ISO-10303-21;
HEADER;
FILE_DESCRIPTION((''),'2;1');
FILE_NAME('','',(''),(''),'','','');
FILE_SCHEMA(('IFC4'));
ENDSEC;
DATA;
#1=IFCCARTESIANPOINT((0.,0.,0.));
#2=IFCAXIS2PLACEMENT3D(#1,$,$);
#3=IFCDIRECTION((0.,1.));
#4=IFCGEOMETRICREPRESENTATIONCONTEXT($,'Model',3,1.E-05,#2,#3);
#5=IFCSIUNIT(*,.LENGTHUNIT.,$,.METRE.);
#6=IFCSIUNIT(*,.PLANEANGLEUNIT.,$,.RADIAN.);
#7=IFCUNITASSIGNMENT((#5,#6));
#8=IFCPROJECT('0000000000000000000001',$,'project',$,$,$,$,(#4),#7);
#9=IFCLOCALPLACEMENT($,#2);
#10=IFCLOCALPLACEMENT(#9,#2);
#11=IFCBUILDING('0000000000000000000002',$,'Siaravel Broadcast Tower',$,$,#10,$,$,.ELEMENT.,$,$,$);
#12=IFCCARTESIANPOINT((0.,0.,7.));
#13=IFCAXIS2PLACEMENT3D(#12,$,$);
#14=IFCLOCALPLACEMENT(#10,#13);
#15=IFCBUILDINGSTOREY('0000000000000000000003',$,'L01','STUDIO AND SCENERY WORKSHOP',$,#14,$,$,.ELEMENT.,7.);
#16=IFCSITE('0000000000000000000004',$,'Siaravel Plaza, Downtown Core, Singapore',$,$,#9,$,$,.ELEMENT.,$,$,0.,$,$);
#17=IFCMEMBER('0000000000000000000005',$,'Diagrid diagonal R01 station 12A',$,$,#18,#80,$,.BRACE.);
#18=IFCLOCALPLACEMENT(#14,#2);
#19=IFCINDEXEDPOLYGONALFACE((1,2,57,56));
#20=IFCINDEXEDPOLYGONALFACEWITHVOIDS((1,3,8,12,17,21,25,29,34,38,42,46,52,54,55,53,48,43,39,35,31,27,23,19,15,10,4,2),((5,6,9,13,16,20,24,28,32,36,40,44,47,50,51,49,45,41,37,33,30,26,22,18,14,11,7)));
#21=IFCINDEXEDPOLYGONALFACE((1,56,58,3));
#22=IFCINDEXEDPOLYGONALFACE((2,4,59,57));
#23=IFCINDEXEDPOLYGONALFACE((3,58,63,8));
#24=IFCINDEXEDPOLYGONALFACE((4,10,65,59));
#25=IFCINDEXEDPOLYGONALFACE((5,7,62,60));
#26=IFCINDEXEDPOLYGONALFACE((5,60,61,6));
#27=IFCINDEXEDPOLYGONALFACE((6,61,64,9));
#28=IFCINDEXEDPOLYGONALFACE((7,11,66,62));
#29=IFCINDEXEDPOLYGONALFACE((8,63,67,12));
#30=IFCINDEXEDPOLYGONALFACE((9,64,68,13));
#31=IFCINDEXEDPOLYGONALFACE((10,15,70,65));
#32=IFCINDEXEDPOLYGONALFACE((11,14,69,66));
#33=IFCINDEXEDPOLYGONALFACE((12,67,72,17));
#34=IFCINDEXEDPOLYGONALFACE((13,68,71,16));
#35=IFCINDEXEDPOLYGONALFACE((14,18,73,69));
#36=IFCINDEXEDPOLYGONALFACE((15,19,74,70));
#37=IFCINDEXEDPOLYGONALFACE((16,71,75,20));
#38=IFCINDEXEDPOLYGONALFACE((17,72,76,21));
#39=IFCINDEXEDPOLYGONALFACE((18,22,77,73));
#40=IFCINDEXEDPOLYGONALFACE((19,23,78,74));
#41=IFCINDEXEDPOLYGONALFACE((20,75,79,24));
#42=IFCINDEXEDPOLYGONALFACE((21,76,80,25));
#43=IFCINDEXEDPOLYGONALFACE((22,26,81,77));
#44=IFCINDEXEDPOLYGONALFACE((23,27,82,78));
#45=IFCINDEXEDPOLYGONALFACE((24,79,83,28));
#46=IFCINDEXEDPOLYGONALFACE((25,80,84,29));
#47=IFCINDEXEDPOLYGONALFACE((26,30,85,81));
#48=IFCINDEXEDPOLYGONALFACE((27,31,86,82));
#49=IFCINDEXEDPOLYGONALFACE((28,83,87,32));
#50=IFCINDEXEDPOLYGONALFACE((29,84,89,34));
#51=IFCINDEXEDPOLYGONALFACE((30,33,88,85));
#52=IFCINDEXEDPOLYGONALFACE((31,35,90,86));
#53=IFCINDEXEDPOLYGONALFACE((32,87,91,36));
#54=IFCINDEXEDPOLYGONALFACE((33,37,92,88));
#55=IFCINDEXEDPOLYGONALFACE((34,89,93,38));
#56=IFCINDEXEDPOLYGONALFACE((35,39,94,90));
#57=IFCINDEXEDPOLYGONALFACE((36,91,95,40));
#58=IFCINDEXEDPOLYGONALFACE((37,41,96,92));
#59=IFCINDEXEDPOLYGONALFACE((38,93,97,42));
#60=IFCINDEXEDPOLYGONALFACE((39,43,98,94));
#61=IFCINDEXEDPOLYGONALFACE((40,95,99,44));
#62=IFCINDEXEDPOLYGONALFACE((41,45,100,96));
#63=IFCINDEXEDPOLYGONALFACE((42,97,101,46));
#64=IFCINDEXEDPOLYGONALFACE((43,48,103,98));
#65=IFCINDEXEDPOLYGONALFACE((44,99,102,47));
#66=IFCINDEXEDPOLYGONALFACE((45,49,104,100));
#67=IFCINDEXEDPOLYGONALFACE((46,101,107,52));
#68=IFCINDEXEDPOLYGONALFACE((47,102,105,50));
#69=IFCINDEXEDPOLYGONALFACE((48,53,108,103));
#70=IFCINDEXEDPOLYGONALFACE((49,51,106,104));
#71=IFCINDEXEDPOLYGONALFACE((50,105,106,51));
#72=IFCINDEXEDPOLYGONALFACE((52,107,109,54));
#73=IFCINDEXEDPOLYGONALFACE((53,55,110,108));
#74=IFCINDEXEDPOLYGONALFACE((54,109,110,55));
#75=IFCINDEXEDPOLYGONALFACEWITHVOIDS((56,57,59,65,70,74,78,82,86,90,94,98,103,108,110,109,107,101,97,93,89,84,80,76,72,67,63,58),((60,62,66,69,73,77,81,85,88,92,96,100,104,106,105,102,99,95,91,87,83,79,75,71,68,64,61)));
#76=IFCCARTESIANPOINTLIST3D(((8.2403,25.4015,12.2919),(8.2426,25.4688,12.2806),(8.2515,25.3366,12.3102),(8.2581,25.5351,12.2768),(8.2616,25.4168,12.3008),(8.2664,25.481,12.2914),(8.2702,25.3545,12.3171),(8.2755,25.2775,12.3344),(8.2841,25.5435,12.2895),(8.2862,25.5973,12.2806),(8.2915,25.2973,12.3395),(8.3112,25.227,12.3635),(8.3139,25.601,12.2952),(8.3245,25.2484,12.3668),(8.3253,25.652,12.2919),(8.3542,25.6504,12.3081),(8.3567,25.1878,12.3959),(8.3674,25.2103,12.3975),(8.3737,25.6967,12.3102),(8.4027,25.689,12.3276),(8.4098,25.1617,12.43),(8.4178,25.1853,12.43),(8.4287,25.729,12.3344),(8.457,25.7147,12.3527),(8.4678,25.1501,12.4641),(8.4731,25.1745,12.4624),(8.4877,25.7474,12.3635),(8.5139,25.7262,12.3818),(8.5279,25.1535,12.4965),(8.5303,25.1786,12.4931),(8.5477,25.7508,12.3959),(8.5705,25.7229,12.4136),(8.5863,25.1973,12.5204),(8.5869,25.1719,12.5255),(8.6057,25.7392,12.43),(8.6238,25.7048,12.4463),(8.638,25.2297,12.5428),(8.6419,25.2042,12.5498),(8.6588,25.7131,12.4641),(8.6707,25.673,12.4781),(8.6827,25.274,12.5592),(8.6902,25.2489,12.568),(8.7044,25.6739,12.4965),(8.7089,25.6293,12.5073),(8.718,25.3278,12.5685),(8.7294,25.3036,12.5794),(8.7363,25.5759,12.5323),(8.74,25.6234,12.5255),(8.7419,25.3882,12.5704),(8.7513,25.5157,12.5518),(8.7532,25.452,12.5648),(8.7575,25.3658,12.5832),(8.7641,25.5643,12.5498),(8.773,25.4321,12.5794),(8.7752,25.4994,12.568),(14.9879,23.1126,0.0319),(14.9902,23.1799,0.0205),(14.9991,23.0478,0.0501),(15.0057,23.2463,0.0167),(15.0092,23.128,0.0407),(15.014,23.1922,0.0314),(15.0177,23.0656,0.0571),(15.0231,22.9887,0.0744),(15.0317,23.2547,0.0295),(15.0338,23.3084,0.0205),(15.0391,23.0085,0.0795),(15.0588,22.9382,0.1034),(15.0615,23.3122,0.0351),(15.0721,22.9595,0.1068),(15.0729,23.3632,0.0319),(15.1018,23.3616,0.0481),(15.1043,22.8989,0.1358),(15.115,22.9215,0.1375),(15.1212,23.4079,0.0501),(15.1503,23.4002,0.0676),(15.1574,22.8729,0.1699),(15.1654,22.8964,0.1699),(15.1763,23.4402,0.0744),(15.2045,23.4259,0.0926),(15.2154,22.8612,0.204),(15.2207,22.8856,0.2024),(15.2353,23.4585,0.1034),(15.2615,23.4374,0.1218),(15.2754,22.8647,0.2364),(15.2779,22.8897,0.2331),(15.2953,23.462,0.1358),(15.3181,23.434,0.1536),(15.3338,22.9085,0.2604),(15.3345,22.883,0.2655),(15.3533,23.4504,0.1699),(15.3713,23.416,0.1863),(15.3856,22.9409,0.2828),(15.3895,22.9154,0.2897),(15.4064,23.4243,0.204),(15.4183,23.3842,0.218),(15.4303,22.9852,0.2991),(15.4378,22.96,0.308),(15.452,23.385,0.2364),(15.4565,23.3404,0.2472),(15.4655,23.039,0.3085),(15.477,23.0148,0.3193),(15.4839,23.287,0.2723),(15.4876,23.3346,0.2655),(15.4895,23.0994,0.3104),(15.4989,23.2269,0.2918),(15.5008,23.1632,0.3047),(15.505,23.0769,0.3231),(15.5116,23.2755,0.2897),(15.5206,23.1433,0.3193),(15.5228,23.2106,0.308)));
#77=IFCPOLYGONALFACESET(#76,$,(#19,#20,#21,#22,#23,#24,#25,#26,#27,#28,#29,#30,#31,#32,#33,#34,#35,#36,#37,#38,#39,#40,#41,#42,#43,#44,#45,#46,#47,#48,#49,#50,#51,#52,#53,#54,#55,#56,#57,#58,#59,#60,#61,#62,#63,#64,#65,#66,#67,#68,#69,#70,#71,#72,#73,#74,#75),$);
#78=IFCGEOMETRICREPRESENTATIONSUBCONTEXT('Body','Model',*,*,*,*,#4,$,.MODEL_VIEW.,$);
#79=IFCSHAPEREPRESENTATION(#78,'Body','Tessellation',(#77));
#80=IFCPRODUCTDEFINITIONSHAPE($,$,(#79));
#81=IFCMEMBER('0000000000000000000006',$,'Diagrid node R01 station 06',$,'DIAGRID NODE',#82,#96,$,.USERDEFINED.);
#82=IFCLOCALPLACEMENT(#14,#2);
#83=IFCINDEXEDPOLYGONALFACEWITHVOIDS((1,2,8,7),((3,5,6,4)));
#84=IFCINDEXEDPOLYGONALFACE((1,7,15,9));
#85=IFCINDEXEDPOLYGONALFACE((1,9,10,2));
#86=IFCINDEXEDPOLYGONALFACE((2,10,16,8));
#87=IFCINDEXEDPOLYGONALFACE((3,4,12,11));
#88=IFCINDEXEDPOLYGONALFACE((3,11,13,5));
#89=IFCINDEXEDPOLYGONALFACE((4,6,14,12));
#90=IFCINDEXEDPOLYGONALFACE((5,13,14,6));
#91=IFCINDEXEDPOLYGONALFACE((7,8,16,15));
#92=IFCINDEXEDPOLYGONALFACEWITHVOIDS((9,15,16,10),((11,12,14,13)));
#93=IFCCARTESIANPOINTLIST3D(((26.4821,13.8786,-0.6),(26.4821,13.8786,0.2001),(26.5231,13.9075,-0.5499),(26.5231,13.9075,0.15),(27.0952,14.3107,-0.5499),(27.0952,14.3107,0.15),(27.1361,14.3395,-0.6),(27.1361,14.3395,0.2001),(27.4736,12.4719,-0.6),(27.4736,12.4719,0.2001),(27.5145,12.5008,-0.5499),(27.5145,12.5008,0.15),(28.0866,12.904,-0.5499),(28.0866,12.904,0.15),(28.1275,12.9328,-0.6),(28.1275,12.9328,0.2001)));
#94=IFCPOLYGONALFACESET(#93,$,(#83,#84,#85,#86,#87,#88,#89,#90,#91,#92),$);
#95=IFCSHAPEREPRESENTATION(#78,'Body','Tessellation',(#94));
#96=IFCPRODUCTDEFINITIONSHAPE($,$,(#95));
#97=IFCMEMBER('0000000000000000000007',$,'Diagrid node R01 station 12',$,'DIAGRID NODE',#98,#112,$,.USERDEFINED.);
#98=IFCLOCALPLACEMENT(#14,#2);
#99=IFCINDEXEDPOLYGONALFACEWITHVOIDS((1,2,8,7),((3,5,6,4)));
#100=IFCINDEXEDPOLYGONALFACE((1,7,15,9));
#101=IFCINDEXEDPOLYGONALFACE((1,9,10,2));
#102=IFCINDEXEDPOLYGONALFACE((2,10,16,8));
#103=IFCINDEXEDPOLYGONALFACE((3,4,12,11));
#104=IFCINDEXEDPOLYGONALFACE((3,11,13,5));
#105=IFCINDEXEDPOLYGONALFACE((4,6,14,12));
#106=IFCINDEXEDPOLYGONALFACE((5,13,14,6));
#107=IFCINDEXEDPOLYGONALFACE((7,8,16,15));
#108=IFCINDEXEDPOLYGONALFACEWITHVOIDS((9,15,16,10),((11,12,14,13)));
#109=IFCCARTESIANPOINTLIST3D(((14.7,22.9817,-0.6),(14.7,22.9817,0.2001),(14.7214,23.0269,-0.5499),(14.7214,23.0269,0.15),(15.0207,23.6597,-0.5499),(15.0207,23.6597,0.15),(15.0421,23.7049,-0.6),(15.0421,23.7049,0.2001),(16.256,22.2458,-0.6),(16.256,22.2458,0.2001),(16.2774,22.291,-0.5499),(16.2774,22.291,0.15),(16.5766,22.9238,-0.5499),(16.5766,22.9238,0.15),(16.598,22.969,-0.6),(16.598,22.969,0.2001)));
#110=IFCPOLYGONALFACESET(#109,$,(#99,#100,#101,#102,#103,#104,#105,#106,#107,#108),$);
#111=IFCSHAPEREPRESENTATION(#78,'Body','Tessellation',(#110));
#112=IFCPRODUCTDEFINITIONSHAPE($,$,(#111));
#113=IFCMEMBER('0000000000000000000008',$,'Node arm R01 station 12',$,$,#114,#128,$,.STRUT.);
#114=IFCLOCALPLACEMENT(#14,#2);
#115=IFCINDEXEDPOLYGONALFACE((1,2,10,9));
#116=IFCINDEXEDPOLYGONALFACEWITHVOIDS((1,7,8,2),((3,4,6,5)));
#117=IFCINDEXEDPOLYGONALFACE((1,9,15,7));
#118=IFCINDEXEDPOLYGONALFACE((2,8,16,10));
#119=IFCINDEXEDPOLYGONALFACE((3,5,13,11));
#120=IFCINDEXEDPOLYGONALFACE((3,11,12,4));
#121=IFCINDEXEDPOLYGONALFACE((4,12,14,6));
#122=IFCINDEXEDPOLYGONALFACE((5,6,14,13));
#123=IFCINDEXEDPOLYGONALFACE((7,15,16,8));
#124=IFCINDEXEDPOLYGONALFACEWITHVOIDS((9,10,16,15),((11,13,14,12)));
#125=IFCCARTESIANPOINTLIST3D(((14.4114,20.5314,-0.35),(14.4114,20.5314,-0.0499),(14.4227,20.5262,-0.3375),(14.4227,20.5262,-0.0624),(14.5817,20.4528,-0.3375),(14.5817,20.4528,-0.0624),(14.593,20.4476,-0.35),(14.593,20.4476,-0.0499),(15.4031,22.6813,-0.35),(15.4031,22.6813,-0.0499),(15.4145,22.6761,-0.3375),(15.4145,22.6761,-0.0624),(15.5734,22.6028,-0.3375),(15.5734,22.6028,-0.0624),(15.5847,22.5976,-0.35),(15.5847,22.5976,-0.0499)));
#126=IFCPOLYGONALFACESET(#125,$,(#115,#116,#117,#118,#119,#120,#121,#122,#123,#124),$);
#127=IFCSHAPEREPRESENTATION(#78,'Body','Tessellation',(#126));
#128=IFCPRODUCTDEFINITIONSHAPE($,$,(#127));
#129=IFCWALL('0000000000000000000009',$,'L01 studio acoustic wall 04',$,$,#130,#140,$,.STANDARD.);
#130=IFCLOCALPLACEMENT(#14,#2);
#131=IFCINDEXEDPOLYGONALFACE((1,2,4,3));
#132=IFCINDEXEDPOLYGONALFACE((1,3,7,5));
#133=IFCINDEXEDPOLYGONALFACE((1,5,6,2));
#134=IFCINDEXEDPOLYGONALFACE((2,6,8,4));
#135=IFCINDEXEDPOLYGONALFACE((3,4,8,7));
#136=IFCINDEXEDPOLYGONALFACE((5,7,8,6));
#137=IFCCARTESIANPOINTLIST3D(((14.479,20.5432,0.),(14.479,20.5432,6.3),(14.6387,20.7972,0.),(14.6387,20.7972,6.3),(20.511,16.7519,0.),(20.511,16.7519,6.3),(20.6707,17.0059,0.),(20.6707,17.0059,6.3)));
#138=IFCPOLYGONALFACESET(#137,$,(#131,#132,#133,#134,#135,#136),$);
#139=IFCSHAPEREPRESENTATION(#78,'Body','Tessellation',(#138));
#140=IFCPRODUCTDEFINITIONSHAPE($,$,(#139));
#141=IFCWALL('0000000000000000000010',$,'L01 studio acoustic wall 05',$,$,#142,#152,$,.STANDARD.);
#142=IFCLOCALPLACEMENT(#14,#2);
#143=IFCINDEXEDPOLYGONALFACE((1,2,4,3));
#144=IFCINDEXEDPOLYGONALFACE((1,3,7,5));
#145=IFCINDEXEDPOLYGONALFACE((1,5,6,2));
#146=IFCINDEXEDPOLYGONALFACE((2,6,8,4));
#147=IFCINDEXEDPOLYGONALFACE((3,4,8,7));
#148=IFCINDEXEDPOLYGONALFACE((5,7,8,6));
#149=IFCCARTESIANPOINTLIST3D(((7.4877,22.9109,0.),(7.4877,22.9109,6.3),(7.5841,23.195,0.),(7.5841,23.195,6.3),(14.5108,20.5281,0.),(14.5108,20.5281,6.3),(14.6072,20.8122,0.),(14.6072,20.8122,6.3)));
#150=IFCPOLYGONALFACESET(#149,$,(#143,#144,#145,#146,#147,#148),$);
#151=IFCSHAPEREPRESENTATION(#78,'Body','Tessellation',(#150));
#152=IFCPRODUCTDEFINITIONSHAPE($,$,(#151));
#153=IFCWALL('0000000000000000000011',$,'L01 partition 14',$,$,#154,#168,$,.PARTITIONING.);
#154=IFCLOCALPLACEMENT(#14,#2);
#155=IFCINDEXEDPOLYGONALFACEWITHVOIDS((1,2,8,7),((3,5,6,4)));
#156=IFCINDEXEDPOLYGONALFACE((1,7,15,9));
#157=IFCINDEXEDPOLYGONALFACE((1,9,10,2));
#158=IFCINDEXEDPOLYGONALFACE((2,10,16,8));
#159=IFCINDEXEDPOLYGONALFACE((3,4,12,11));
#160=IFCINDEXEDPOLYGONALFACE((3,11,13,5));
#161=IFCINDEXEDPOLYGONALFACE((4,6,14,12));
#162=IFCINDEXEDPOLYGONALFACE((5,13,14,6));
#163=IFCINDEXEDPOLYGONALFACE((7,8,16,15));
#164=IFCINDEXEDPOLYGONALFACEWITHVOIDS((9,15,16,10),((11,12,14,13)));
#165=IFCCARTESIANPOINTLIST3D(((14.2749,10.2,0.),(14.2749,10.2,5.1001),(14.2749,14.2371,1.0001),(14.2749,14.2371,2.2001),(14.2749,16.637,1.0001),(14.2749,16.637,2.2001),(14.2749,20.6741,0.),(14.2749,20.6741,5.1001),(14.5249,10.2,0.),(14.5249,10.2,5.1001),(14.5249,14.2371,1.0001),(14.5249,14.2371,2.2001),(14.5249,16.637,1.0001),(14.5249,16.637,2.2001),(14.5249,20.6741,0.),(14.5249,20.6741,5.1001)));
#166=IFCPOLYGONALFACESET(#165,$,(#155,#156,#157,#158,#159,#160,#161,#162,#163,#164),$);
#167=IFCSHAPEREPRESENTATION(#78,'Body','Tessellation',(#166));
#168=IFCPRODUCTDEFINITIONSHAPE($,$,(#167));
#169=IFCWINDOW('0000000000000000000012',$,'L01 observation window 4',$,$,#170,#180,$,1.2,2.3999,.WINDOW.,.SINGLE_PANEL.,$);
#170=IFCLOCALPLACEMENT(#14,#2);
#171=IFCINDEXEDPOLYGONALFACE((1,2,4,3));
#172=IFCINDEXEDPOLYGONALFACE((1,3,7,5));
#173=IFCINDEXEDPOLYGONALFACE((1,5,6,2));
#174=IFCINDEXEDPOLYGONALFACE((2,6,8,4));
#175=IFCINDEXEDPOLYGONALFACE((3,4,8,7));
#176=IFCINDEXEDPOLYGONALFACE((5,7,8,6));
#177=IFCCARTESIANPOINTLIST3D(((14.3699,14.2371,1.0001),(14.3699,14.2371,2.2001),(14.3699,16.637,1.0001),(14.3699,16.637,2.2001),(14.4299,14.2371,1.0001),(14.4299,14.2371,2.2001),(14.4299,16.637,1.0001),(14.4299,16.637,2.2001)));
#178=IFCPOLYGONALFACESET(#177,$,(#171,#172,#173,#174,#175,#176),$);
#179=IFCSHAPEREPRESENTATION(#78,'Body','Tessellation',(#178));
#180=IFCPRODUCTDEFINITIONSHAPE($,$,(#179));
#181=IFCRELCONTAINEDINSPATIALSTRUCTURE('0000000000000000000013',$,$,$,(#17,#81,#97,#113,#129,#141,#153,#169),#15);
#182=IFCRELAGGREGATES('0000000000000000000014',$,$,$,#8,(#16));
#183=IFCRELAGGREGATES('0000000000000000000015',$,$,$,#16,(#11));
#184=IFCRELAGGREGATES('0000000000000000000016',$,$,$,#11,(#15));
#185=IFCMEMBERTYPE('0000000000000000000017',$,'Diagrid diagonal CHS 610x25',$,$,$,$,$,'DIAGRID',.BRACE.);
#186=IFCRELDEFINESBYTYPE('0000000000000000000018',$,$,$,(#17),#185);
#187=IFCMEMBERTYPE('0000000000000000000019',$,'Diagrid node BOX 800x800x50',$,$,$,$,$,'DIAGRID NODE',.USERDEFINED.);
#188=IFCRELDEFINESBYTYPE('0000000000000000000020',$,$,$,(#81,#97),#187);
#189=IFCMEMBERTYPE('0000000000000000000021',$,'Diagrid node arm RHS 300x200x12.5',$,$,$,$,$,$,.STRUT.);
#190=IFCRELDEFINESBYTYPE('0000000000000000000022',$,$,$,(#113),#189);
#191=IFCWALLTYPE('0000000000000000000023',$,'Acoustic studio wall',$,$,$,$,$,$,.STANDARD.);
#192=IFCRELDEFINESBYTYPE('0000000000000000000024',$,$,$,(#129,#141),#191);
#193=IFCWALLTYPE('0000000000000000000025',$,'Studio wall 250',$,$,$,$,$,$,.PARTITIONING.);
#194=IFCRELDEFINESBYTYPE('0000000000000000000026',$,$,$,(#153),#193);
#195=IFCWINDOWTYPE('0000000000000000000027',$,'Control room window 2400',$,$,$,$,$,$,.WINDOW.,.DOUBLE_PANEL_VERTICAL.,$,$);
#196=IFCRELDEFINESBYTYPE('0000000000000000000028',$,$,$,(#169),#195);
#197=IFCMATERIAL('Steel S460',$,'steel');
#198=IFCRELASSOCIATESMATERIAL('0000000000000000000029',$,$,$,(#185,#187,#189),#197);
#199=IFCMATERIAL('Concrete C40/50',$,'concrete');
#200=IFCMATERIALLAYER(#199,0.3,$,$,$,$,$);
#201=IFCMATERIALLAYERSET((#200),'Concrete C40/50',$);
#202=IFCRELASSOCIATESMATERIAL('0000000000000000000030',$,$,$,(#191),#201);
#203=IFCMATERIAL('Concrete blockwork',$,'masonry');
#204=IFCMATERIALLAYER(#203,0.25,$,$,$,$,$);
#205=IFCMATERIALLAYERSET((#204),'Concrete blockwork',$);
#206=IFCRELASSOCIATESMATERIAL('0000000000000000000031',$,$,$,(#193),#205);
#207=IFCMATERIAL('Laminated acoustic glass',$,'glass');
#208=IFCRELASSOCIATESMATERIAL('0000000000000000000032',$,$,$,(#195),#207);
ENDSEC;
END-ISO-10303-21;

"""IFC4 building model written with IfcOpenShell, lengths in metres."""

from ifc_helpers import new_model, si_unit, direction, frame, frame_2d, origin, origin_2d, place, context, subcontext, project, spatial, rectangle, hollow_rectangle, hollow_circle, extrude, material, layer, layer_set, material_profile, profile_set, type_object, element, fill, save


model = new_model("IFC4")

# Units and contexts
model_context = context("Model", 3, precision=1e-05, world=origin(), true_north=direction((0.0, 1.0)))
body_context = subcontext(model_context, "Body", "Model", "MODEL_VIEW")
ifc_project = project(units=[si_unit("LENGTHUNIT", "METRE"), si_unit("PLANEANGLEUNIT", "RADIAN")], contexts=[model_context])

# Site, building, storey
site_placement = place(None, origin())
site = spatial("IfcSite", under=ifc_project, at=site_placement, Name="Siaravel Plaza, Downtown Core, Singapore", CompositionType="ELEMENT", RefElevation=0.0)
building_placement = place(site_placement, origin())
building = spatial("IfcBuilding", under=site, at=building_placement, Name="Siaravel Broadcast Tower", CompositionType="ELEMENT")
storey_placement = place(building_placement, frame((0.0, 0.0, 7.0)))
storey = spatial("IfcBuildingStorey", under=building, at=storey_placement, Name="L01", Description="STUDIO AND SCENERY WORKSHOP", CompositionType="ELEMENT", Elevation=7.0)

# Members
ifc_material_1 = material(Name="Steel S460", Category="steel")
ifc_material_profile_1 = material_profile(ifc_material_1, hollow_circle(Radius=0.3049, WallThickness=0.0249, at=origin_2d()))
ifc_profile_set_1 = profile_set([ifc_material_profile_1], Name="Steel S460")
member_type_1 = type_object("IfcMemberType", Name="Diagrid diagonal CHS 610x25", ElementType="DIAGRID", PredefinedType="BRACE", material=ifc_profile_set_1)
member_1_placement = place(storey_placement, frame((15.2554, 23.1616, 0.1699), z_axis=(-0.475846, 0.16141, 0.864591), x_axis=(-0.321229, -0.947001, 0.0)))
element("IfcMember", 1, at=member_1_placement, inside=storey, type_object=member_type_1, Name="Diagrid diagonal R01 station 12A", PredefinedType="BRACE", context=body_context, shape_type="SweptSolid", body=[
    extrude(hollow_circle(Radius=0.3049, WallThickness=0.0249, at=origin_2d()), origin(), (0.0, 0.0, 1.0), 14.1802),
])
ifc_material_profile_2 = material_profile(ifc_material_1, hollow_rectangle(XDim=0.8, YDim=0.8, WallThickness=0.05, at=origin_2d()))
ifc_profile_set_2 = profile_set([ifc_material_profile_2], Name="Steel S460")
member_type_2 = type_object("IfcMemberType", Name="Diagrid node BOX 800x800x50", ElementType="DIAGRID NODE", PredefinedType="USERDEFINED", material=ifc_profile_set_2)
member_2_placement = place(storey_placement, frame((27.8005, 12.7024, -0.2), z_axis=(-0.576087, 0.817388, 0.0), x_axis=(-0.817388, -0.576087, 0.0)))
element("IfcMember", 2, at=member_2_placement, inside=storey, type_object=member_type_2, Name="Diagrid node R01 station 06", ObjectType="DIAGRID NODE", PredefinedType="USERDEFINED", context=body_context, shape_type="SweptSolid", body=[
    extrude(hollow_rectangle(XDim=0.8, YDim=0.8, WallThickness=0.05, at=origin_2d()), origin(), (0.0, 0.0, 1.0), 1.7209),
])
member_3_placement = place(storey_placement, frame((16.427, 22.6074, -0.2), z_axis=(-0.904001, 0.427531, 0.0), x_axis=(-0.427531, -0.904001, 0.0)))
element("IfcMember", 3, at=member_3_placement, inside=storey, type_object=member_type_2, Name="Diagrid node R01 station 12", ObjectType="DIAGRID NODE", PredefinedType="USERDEFINED", context=body_context, shape_type="SweptSolid", body=[
    extrude(hollow_rectangle(XDim=0.8, YDim=0.8, WallThickness=0.05, at=origin_2d()), origin(), (0.0, 0.0, 1.0), 1.7212),
])
ifc_material_profile_3 = material_profile(ifc_material_1, hollow_rectangle(XDim=0.2, YDim=0.3, WallThickness=0.0125, at=origin_2d()))
ifc_profile_set_3 = profile_set([ifc_material_profile_3], Name="Steel S460")
member_type_3 = type_object("IfcMemberType", Name="Diagrid node arm RHS 300x200x12.5", PredefinedType="STRUT", material=ifc_profile_set_3)
member_4_placement = place(storey_placement, frame((14.5022, 20.4895, -0.2), z_axis=(0.418862, 0.90805, 0.0), x_axis=(-0.90805, 0.418862, 0.0)))
element("IfcMember", 4, at=member_4_placement, inside=storey, type_object=member_type_3, Name="Node arm R01 station 12", PredefinedType="STRUT", context=body_context, shape_type="SweptSolid", body=[
    extrude(hollow_rectangle(XDim=0.2, YDim=0.3, WallThickness=0.0125, at=origin_2d()), origin(), (0.0, 0.0, 1.0), 2.3677),
])

# Walls
ifc_material_2 = material(Name="Concrete C40/50", Category="concrete")
ifc_layer_1 = layer(ifc_material_2, 0.3)
ifc_layer_set_1 = layer_set([ifc_layer_1], Name="Concrete C40/50")
wall_type_1 = type_object("IfcWallType", Name="Acoustic studio wall", PredefinedType="STANDARD", material=ifc_layer_set_1)
wall_1_placement = place(storey_placement, frame((20.5908, 16.8789, 0.0), z_axis=(0.0, 0.0, 1.0), x_axis=(-0.846654, 0.532144, 0.0)))
element("IfcWall", 5, at=wall_1_placement, inside=storey, type_object=wall_type_1, Name="L01 studio acoustic wall 04", PredefinedType="STANDARD", context=body_context, shape_type="SweptSolid", body=[
    extrude(rectangle(XDim=7.1245, YDim=0.3, at=frame_2d((3.5623, 0.0))), origin(), (0.0, 0.0, 1.0), 6.3),
])
wall_2_placement = place(storey_placement, frame((14.5588, 20.6702, 0.0), z_axis=(0.0, 0.0, 1.0), x_axis=(-0.946978, 0.3213, 0.0)))
element("IfcWall", 6, at=wall_2_placement, inside=storey, type_object=wall_type_1, Name="L01 studio acoustic wall 05", PredefinedType="STANDARD", context=body_context, shape_type="SweptSolid", body=[
    extrude(rectangle(XDim=7.4163, YDim=0.3, at=frame_2d((3.708, 0.0))), origin(), (0.0, 0.0, 1.0), 6.3),
])

# Wall, opening, window
ifc_material_3 = material(Name="Concrete blockwork", Category="masonry")
ifc_layer_2 = layer(ifc_material_3, 0.25)
ifc_layer_set_2 = layer_set([ifc_layer_2], Name="Concrete blockwork")
wall_type_2 = type_object("IfcWallType", Name="Studio wall 250", PredefinedType="PARTITIONING", material=ifc_layer_set_2)
wall_3_placement = place(storey_placement, frame((14.3999, 20.6741, 0.0), z_axis=(0.0, 0.0, 1.0), x_axis=(0.0, -1.0, 0.0)))
wall_3 = element("IfcWall", 7, at=wall_3_placement, inside=storey, type_object=wall_type_2, Name="L01 partition 14", PredefinedType="PARTITIONING", context=body_context, shape_type="SweptSolid", body=[
    extrude(rectangle(XDim=10.4741, YDim=0.25, at=frame_2d((5.2371, 0.0))), origin(), (0.0, 0.0, 1.0), 5.1001),
])
opening_placement = place(wall_3_placement, frame((4.0371, 0.0, 1.0)))
opening = element("IfcOpeningElement", 8, at=opening_placement, cuts=wall_3, PredefinedType="OPENING", context=body_context, shape_type="SweptSolid", body=[
    extrude(rectangle(XDim=2.3999, YDim=1.2, at=frame_2d((1.2, 0.6001))), frame((0.0, 0.135, 0.0), z_axis=(0.0, -1.0, 0.0), x_axis=(1.0, 0.0, 0.0)), (0.0, 0.0, 1.0), 0.27),
])
ifc_material_4 = material(Name="Laminated acoustic glass", Category="glass")
window_type = type_object("IfcWindowType", Name="Control room window 2400", PartitioningType="DOUBLE_PANEL_VERTICAL", PredefinedType="WINDOW", material=ifc_material_4)
window_placement = place(opening_placement, origin())
window = element("IfcWindow", 9, at=window_placement, inside=storey, type_object=window_type, Name="L01 observation window 4", OverallHeight=1.2, OverallWidth=2.3999, PartitioningType="SINGLE_PANEL", PredefinedType="WINDOW", context=body_context, shape_type="SweptSolid", body=[
    extrude(rectangle(XDim=2.3999, YDim=1.2, at=frame_2d((1.2, 0.6001))), frame((0.0, 0.03, 0.0), z_axis=(0.0, -1.0, 0.0), x_axis=(1.0, 0.0, 0.0)), (0.0, 0.0, 1.0), 0.0601),
])
fill(opening, window)

save(model, "model.ifc")
